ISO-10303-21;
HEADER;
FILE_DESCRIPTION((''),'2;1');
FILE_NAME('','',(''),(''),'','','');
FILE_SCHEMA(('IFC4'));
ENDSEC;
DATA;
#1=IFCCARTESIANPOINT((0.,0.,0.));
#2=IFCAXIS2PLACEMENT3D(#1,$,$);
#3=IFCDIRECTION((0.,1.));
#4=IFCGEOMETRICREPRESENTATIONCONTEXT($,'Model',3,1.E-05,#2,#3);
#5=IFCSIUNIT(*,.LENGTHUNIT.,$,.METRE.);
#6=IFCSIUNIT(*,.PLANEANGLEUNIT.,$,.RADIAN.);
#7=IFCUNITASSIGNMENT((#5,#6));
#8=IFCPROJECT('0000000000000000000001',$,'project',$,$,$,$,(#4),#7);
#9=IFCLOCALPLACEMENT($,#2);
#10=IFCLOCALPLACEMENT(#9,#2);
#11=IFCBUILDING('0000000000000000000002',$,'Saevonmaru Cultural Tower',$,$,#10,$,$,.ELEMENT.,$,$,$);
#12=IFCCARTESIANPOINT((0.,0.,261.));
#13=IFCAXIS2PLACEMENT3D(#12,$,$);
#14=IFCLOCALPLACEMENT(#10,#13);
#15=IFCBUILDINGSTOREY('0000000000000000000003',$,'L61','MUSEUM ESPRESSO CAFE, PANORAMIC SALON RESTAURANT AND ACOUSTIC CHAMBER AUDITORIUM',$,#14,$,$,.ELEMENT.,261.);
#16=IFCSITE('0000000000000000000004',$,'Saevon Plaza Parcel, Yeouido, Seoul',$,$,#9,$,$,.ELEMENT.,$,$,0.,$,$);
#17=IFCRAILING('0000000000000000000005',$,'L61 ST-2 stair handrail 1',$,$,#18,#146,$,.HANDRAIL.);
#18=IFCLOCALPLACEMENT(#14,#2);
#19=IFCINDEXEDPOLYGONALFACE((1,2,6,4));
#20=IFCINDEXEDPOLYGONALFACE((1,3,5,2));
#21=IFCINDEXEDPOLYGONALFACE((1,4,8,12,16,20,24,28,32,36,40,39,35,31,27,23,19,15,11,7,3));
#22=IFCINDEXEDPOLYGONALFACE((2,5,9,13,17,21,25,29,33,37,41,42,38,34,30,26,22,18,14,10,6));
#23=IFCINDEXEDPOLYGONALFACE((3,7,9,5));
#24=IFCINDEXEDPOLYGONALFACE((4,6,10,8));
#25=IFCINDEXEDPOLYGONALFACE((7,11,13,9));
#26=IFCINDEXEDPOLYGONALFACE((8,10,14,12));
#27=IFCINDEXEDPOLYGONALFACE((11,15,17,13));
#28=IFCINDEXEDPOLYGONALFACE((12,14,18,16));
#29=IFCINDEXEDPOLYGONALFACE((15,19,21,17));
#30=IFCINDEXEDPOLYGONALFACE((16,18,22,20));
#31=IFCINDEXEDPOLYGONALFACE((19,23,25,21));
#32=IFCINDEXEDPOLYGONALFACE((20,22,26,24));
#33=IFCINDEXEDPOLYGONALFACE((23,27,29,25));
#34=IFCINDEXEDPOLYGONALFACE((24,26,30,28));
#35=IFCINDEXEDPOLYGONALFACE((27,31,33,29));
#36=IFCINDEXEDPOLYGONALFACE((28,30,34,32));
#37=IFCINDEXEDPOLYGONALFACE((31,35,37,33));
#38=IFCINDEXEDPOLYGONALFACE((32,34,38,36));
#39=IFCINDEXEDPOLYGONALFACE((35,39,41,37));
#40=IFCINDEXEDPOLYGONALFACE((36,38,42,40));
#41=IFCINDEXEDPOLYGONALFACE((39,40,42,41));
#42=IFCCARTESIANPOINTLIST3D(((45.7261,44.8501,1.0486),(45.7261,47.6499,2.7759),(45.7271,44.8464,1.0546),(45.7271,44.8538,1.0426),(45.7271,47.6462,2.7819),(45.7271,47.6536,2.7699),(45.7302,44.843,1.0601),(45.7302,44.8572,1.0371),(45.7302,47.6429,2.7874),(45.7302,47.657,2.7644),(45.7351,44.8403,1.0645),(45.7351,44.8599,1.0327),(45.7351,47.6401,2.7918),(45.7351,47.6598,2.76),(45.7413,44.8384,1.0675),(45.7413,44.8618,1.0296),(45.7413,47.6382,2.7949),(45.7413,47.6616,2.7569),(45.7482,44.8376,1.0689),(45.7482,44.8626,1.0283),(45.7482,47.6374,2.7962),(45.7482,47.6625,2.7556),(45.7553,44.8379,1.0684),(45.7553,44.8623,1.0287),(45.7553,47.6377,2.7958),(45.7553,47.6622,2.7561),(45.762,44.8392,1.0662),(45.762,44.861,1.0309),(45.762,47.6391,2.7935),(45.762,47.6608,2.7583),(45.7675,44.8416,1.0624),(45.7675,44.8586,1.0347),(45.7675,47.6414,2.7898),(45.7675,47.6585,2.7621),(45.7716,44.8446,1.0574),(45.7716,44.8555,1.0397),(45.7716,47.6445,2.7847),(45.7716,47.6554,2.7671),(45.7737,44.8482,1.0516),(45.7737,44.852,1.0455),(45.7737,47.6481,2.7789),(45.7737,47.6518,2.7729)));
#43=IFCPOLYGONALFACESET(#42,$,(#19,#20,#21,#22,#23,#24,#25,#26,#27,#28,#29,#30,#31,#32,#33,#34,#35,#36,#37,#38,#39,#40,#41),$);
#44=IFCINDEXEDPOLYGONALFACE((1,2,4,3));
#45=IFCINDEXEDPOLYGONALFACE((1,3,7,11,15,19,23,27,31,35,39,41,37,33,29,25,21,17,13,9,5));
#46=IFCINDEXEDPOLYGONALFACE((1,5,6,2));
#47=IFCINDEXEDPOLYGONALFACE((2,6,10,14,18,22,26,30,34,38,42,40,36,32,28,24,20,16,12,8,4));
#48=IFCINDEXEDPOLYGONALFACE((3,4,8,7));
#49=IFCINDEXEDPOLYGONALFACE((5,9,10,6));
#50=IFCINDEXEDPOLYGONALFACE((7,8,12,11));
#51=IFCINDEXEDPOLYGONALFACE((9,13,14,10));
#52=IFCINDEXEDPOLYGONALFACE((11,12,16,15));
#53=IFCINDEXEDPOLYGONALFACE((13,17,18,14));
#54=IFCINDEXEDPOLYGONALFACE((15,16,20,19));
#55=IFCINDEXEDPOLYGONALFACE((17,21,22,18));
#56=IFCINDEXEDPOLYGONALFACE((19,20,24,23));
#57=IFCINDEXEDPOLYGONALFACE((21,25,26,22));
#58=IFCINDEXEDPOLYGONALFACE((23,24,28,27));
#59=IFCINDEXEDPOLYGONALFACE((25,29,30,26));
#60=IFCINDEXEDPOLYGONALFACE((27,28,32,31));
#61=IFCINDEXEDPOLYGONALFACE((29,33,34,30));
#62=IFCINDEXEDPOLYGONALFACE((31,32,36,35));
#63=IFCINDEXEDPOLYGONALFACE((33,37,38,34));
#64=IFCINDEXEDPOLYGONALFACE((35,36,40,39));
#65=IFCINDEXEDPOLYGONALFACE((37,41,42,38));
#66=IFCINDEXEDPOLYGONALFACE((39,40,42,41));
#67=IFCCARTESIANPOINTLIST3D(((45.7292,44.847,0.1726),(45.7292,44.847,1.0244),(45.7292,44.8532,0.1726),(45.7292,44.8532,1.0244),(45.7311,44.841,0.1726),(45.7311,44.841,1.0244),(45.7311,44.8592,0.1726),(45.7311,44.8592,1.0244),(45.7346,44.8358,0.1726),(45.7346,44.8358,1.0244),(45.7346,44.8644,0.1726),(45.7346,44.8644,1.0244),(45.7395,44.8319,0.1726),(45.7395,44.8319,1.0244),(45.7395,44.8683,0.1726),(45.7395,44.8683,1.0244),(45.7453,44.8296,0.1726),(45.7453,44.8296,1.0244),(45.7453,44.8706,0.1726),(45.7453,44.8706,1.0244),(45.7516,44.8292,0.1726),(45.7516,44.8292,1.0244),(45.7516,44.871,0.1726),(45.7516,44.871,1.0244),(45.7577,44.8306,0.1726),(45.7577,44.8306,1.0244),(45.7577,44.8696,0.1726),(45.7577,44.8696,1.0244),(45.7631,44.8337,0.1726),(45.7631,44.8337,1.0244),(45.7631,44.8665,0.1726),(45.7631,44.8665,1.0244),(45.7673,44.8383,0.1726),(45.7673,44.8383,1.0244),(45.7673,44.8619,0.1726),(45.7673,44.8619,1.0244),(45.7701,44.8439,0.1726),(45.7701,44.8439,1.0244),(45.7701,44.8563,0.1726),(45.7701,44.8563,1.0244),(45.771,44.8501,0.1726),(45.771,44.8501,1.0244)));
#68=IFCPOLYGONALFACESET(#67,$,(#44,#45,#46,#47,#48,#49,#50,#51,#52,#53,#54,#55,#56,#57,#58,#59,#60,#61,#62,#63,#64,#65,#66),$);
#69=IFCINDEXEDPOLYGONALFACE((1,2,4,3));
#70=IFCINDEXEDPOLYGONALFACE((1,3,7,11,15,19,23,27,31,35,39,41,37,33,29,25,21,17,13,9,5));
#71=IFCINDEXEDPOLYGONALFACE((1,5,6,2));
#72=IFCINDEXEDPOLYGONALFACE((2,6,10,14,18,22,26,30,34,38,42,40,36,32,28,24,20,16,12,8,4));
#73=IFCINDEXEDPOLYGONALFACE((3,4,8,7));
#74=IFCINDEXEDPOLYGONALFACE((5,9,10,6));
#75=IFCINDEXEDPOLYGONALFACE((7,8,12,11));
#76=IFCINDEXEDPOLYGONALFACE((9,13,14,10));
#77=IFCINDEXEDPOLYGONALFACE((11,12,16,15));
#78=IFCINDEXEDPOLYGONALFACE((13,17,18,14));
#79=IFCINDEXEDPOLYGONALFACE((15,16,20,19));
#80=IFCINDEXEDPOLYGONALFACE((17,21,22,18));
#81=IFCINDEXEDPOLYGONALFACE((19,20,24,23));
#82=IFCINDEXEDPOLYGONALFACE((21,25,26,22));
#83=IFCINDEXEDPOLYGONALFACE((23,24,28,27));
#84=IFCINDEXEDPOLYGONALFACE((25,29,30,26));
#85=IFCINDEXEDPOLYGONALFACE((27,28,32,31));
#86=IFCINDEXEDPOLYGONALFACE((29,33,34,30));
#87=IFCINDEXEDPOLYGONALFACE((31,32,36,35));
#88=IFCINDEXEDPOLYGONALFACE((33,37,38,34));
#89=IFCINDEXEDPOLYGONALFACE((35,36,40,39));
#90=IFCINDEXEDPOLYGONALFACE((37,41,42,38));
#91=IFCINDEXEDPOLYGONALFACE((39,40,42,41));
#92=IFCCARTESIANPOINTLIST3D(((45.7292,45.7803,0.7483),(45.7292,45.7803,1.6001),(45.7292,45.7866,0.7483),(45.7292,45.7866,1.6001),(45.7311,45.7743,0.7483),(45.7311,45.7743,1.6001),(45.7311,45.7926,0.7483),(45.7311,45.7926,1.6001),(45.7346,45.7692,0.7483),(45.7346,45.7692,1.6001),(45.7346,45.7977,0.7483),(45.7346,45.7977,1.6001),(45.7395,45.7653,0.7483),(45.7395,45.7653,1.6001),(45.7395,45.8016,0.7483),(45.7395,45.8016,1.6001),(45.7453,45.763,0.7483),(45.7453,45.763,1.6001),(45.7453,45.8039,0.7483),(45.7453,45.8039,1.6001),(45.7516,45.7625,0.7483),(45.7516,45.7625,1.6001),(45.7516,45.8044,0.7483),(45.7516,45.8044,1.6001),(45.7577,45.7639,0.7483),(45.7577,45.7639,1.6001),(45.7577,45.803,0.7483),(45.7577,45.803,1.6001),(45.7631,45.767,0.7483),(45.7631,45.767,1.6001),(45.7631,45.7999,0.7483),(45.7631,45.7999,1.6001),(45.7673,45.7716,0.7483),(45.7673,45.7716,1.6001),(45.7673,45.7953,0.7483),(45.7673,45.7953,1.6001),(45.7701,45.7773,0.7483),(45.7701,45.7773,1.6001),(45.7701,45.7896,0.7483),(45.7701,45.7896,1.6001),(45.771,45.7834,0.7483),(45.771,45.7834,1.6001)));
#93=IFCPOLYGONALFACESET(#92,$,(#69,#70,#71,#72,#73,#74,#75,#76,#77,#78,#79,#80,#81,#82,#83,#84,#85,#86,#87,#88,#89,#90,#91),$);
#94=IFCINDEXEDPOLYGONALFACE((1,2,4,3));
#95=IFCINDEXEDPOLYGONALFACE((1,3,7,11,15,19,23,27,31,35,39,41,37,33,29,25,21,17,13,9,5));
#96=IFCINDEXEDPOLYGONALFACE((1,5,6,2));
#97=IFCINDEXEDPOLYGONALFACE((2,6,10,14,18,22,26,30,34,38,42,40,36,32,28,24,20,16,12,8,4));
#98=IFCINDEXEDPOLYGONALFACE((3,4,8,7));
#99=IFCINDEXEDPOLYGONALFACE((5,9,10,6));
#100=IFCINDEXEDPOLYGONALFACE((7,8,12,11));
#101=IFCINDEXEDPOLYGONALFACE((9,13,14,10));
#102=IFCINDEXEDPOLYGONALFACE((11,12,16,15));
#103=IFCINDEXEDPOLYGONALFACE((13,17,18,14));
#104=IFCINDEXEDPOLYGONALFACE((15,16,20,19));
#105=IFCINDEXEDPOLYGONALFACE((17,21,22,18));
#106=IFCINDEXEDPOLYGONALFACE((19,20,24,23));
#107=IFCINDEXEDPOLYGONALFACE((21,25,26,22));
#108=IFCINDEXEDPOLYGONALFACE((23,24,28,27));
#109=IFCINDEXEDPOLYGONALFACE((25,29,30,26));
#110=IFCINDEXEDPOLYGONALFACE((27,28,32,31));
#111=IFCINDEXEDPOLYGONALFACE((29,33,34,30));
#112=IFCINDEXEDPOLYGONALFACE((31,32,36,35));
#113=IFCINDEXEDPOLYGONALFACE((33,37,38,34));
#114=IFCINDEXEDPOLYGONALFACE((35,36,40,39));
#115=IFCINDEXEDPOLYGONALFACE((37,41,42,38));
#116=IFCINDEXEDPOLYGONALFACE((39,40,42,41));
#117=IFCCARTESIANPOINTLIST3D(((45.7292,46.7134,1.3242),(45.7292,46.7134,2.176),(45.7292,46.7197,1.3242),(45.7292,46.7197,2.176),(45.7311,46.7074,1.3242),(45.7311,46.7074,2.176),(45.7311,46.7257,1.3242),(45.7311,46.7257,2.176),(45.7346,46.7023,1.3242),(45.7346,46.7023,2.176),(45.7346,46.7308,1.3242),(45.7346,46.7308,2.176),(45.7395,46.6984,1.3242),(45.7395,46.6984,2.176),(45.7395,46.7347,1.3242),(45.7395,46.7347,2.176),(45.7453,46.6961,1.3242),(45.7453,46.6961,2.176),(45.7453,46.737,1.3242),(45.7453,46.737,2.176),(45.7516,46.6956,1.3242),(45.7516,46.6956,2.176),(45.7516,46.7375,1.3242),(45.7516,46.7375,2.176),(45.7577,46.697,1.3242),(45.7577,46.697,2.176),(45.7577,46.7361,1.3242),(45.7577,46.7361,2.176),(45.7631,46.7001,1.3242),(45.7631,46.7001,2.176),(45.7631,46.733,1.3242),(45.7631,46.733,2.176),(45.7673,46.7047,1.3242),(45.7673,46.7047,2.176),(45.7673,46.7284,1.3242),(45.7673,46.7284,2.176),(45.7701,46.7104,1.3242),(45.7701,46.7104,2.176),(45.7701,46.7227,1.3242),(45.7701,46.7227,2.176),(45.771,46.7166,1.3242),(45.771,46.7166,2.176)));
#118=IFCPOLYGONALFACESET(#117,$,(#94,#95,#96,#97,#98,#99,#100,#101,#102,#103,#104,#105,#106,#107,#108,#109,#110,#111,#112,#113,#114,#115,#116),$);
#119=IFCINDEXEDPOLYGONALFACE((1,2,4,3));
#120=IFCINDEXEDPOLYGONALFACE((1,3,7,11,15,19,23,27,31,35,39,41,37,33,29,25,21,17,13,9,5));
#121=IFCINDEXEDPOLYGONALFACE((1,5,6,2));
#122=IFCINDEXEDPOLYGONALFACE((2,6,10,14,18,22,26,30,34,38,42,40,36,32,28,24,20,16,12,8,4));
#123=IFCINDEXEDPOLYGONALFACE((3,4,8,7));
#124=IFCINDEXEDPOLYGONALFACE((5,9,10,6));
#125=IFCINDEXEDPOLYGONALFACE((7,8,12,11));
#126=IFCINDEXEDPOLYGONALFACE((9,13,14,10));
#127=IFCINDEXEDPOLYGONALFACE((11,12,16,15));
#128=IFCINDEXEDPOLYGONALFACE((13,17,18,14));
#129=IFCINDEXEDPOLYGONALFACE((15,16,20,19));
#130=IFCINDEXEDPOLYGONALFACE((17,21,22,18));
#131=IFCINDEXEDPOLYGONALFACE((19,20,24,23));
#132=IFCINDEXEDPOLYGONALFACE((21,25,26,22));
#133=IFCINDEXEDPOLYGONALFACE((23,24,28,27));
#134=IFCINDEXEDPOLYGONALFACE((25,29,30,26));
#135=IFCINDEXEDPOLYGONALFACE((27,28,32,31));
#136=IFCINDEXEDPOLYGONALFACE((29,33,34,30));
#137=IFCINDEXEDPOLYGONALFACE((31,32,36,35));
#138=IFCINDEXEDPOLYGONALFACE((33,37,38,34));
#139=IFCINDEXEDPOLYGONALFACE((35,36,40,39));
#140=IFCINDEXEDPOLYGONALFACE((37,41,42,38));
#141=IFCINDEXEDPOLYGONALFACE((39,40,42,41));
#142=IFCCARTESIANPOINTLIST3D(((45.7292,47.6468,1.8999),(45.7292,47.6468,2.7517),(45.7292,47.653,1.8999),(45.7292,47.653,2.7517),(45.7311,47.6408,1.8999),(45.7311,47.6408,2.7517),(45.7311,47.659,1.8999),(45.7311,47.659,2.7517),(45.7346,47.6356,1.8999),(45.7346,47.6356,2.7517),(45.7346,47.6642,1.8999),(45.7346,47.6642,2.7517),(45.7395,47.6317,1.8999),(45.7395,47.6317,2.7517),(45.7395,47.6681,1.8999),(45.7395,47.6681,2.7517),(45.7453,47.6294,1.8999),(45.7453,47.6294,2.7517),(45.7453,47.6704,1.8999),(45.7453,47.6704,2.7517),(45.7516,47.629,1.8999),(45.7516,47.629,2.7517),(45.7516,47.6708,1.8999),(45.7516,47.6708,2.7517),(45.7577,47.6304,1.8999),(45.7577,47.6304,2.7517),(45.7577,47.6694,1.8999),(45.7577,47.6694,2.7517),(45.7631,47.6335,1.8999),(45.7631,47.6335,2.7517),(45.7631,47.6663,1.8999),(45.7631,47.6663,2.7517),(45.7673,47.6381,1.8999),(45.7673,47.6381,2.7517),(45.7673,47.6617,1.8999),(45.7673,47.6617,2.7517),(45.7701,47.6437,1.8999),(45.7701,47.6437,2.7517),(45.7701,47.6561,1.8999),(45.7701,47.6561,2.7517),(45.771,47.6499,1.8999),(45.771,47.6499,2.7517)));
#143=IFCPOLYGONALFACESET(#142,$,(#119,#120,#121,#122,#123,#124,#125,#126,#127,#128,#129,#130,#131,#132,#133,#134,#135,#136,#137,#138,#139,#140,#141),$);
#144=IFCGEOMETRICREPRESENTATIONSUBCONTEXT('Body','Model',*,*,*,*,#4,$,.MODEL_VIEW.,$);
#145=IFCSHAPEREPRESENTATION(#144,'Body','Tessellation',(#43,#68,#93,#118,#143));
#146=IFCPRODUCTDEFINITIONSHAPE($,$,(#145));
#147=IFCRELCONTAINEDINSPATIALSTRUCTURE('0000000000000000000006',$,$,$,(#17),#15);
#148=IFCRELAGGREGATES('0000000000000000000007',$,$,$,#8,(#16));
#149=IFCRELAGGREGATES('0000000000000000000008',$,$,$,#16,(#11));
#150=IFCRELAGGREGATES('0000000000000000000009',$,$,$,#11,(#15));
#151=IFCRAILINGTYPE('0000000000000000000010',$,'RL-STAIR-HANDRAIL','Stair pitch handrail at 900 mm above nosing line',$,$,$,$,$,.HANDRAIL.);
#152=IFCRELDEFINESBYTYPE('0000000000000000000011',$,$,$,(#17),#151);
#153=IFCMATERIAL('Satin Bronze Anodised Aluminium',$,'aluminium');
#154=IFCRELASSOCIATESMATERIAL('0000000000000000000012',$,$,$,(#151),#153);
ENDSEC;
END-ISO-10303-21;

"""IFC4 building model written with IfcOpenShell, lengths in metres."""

from ifc_helpers import new_model, si_unit, direction, frame, origin, origin_2d, place, context, subcontext, project, spatial, circle, extrude, material, type_object, element, save


model = new_model("IFC4")

# Units and contexts
model_context = context("Model", 3, precision=1e-05, world=origin(), true_north=direction((0.0, 1.0)))
body_context = subcontext(model_context, "Body", "Model", "MODEL_VIEW")
ifc_project = project(units=[si_unit("LENGTHUNIT", "METRE"), si_unit("PLANEANGLEUNIT", "RADIAN")], contexts=[model_context])

# Site, building, storey
site_placement = place(None, origin())
site = spatial("IfcSite", under=ifc_project, at=site_placement, Name="Saevon Plaza Parcel, Yeouido, Seoul", CompositionType="ELEMENT", RefElevation=0.0)
building_placement = place(site_placement, origin())
building = spatial("IfcBuilding", under=site, at=building_placement, Name="Saevonmaru Cultural Tower", CompositionType="ELEMENT")
storey_placement = place(building_placement, frame((0.0, 0.0, 261.0)))
storey = spatial("IfcBuildingStorey", under=building, at=storey_placement, Name="L61", Description="MUSEUM ESPRESSO CAFE, PANORAMIC SALON RESTAURANT AND ACOUSTIC CHAMBER AUDITORIUM", CompositionType="ELEMENT", Elevation=261.0)

# Shared definitions
ifc_material_1 = material(Name="Satin Bronze Anodised Aluminium", Category="aluminium")

# Railing
railing_type_1 = type_object("IfcRailingType", Name="RL-STAIR-HANDRAIL", Description="Stair pitch handrail at 900 mm above nosing line", PredefinedType="HANDRAIL", material=ifc_material_1)
railing_1_placement = place(storey_placement, frame((45.75, 44.8501, 0.1726)))
element("IfcRailing", 1, at=railing_1_placement, inside=storey, type_object=railing_type_1, Name="L61 ST-2 stair handrail 1", PredefinedType="HANDRAIL", context=body_context, shape_type="SweptSolid", body=[
    extrude(circle(Radius=0.0239, at=origin_2d()), frame((0.0, 0.0, 0.876), z_axis=(0.0, 0.851069, 0.525054), x_axis=(-1.0, 0.0, 0.0)), (0.0, 0.0, 1.0), 3.2898),
    extrude(circle(Radius=0.021, at=origin_2d()), origin(), (0.0, 0.0, 1.0), 0.8518),
    extrude(circle(Radius=0.021, at=origin_2d()), frame((0.0, 0.9333, 0.5757)), (0.0, 0.0, 1.0), 0.8518),
    extrude(circle(Radius=0.021, at=origin_2d()), frame((0.0, 1.8665, 1.1516)), (0.0, 0.0, 1.0), 0.8518),
    extrude(circle(Radius=0.021, at=origin_2d()), frame((0.0, 2.7998, 1.7273)), (0.0, 0.0, 1.0), 0.8518),
])

save(model, "model.ifc")
